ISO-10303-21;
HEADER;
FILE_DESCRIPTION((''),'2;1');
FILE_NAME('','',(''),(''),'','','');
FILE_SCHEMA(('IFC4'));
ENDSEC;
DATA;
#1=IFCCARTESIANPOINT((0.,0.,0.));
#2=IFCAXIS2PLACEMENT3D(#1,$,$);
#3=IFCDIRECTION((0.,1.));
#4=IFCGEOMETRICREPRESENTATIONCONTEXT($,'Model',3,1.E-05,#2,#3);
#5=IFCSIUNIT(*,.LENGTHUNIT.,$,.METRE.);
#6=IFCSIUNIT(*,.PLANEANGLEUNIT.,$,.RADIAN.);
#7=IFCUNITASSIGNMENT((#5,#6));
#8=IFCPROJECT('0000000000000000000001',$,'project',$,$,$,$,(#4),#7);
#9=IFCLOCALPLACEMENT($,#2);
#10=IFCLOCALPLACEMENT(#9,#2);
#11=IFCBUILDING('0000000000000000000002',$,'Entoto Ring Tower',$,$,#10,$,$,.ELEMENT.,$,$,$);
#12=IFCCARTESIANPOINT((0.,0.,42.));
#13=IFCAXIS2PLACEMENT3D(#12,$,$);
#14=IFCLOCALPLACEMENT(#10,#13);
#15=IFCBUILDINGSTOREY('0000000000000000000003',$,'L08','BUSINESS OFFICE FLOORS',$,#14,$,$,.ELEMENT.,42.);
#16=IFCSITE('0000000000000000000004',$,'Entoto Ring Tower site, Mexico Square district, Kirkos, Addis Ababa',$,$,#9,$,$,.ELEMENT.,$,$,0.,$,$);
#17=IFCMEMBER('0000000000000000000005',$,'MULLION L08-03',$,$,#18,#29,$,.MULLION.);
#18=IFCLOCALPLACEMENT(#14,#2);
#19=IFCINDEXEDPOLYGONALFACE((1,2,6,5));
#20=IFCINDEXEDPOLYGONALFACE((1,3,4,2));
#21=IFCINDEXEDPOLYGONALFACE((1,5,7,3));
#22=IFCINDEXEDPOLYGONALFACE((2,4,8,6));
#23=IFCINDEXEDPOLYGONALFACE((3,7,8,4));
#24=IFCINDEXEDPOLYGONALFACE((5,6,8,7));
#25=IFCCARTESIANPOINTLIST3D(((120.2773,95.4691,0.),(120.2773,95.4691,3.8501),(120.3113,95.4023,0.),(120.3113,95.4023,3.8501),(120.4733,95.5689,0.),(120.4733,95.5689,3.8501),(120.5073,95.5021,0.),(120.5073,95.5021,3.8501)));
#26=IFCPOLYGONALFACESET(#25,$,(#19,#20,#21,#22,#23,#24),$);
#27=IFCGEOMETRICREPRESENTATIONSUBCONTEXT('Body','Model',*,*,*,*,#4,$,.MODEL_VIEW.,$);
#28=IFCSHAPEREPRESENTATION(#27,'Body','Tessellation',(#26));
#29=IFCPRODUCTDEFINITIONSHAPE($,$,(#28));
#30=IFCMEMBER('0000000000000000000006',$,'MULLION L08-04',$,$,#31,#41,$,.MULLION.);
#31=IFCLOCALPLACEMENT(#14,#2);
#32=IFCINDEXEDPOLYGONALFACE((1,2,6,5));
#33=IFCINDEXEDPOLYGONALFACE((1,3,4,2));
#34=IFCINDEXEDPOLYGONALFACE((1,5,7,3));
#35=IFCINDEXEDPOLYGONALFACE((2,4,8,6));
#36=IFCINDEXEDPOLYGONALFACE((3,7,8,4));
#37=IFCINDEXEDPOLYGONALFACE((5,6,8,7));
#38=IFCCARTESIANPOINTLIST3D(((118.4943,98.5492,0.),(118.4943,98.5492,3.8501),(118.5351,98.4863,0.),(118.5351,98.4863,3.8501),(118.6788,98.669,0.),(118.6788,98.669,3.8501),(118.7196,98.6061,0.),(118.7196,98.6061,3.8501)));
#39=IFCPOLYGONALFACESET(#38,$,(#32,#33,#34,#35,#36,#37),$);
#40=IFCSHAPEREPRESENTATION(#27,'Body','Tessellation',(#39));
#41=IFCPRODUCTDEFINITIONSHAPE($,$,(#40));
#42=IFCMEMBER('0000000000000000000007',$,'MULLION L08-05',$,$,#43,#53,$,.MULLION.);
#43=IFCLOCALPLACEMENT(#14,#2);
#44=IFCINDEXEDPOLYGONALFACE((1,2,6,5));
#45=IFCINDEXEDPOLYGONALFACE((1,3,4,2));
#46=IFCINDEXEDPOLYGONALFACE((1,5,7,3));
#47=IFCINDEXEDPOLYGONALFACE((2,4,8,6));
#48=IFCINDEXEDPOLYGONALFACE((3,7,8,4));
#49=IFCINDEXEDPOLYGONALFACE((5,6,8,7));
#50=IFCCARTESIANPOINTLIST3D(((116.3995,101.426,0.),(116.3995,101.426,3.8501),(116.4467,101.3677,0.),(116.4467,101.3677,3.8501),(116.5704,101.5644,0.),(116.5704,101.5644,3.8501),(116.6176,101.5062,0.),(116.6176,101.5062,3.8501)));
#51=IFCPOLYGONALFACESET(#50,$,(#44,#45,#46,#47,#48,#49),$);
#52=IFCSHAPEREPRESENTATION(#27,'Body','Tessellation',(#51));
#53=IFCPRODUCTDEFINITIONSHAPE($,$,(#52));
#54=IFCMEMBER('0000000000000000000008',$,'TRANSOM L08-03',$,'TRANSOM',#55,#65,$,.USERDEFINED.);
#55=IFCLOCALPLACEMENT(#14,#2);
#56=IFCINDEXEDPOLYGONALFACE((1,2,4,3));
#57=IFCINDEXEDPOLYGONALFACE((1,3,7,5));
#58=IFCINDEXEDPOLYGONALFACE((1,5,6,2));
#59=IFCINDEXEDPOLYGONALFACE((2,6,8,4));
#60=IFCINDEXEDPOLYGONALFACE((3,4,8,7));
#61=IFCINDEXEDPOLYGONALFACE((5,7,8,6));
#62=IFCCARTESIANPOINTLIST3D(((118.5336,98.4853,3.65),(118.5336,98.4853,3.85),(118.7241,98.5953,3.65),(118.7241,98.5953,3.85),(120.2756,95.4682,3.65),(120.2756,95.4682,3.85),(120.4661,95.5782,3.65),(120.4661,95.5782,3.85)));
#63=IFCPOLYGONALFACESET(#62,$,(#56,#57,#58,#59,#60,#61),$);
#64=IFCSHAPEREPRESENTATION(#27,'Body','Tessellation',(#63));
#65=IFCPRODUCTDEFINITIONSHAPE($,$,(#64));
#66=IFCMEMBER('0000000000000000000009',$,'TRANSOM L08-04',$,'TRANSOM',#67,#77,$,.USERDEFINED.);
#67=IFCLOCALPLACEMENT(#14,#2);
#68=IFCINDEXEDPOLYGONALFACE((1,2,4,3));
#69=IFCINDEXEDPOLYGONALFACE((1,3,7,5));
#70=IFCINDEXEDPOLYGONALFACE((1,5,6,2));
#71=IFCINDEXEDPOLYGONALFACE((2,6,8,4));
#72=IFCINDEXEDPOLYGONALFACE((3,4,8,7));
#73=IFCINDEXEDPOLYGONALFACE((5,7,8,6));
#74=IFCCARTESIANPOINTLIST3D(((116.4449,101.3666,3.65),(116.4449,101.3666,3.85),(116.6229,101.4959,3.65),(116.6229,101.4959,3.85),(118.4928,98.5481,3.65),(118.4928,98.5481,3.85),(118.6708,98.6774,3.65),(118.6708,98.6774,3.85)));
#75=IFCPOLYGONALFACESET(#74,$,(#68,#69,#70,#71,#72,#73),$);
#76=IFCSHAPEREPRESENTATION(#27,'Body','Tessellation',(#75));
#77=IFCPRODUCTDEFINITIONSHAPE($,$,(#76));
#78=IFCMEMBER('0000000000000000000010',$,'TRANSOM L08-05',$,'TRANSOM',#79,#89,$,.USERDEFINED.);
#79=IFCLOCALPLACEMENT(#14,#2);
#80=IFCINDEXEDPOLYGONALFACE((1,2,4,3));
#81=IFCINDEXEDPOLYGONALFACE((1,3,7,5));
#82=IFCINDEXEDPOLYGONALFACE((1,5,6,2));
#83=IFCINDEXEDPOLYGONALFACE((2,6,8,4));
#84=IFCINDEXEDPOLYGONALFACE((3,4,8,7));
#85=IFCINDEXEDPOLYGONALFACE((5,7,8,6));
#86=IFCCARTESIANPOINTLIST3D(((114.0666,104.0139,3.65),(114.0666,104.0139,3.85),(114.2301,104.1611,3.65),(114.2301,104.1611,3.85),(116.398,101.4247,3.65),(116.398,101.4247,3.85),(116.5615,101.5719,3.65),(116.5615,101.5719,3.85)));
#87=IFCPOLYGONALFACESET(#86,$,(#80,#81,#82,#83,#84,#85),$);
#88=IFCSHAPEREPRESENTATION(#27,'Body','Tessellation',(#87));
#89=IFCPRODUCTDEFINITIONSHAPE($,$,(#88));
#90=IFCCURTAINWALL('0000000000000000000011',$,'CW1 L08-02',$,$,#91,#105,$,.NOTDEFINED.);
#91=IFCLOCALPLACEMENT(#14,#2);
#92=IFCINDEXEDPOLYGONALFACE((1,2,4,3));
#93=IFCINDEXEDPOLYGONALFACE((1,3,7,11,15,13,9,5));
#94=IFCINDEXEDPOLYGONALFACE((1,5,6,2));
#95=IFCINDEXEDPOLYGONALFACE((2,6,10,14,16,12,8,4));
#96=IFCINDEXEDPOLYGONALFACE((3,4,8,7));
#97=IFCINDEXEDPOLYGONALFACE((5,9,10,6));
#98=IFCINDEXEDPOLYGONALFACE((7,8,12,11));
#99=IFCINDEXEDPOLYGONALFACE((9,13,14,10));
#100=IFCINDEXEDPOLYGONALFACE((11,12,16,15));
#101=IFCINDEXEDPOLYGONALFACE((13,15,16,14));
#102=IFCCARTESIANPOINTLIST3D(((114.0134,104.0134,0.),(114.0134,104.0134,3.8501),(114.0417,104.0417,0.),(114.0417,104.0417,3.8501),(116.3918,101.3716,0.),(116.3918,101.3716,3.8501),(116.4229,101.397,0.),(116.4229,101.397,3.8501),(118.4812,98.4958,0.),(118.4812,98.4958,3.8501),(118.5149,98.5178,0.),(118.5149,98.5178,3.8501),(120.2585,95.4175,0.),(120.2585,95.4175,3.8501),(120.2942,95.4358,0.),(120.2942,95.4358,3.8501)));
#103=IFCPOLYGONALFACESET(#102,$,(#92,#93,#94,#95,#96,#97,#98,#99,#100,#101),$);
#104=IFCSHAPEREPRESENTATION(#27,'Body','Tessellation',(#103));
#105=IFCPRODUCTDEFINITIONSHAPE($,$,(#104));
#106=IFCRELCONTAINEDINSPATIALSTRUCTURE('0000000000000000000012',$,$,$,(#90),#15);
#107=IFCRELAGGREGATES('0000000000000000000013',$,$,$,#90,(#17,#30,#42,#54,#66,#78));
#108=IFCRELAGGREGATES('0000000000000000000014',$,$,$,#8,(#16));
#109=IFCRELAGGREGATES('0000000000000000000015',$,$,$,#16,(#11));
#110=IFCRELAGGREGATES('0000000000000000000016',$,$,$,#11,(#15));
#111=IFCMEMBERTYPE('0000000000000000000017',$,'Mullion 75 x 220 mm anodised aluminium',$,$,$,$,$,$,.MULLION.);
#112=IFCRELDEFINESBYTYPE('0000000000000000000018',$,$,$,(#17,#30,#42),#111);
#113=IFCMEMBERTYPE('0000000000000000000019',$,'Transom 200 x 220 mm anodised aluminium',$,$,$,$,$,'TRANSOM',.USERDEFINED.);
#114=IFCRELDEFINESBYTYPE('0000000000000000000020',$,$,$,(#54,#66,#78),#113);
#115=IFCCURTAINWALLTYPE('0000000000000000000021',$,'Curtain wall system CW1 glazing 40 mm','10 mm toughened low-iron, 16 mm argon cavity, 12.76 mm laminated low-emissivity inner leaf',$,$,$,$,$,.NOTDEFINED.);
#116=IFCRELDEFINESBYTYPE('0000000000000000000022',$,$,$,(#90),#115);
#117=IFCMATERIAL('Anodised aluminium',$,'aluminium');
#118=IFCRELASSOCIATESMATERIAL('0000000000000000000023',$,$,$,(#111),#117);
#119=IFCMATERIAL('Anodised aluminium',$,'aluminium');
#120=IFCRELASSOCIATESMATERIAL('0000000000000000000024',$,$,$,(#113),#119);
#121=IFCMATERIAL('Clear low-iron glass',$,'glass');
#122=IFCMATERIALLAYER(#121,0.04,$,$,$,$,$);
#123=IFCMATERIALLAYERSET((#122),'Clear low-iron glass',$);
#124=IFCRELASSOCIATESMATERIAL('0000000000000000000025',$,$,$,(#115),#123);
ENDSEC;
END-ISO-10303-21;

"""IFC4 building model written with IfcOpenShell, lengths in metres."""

from ifc_helpers import new_model, si_unit, direction, frame, origin, origin_2d, place, context, subcontext, project, spatial, polyline, rectangle, outline, extrude, material, layer, layer_set, material_profile, profile_set, type_object, element, aggregate, save


model = new_model("IFC4")

# Units and contexts
model_context = context("Model", 3, precision=1e-05, world=origin(), true_north=direction((0.0, 1.0)))
body_context = subcontext(model_context, "Body", "Model", "MODEL_VIEW")
ifc_project = project(units=[si_unit("LENGTHUNIT", "METRE"), si_unit("PLANEANGLEUNIT", "RADIAN")], contexts=[model_context])

# Members
ifc_material_1 = material(Name="Anodised aluminium", Category="aluminium")
ifc_material_profile_1 = material_profile(ifc_material_1, rectangle(XDim=0.075, YDim=0.22, at=origin_2d()), Name="Mullion 75 x 220 mm anodised aluminium")
ifc_profile_set_1 = profile_set([ifc_material_profile_1], Name="Anodised aluminium")
member_type_1 = type_object("IfcMemberType", Name="Mullion 75 x 220 mm anodised aluminium", PredefinedType="MULLION", material=ifc_profile_set_1)
site_placement = place(None, origin())
building_placement = place(site_placement, origin())
storey_placement = place(building_placement, frame((0.0, 0.0, 42.0)))
member_1_placement = place(storey_placement, frame((120.3923, 95.4856, 0.0), z_axis=(0.0, 0.0, 1.0), x_axis=(-0.45399, 0.891007, 0.0)))
member_1 = element("IfcMember", 1, at=member_1_placement, type_object=member_type_1, Name="MULLION L08-03", PredefinedType="MULLION", context=body_context, shape_type="SweptSolid", body=[
    extrude(rectangle(XDim=0.075, YDim=0.22, at=origin_2d()), origin(), (0.0, 0.0, 1.0), 3.8501),
])
member_2_placement = place(storey_placement, frame((118.6069, 98.5776, 0.0), z_axis=(0.0, 0.0, 1.0), x_axis=(-0.544639, 0.838671, 0.0)))
member_2 = element("IfcMember", 2, at=member_2_placement, type_object=member_type_1, Name="MULLION L08-04", PredefinedType="MULLION", context=body_context, shape_type="SweptSolid", body=[
    extrude(rectangle(XDim=0.075, YDim=0.22, at=origin_2d()), origin(), (0.0, 0.0, 1.0), 3.8501),
])
member_3_placement = place(storey_placement, frame((116.5085, 101.4661, 0.0), z_axis=(0.0, 0.0, 1.0), x_axis=(-0.62932, 0.777146, 0.0)))
member_3 = element("IfcMember", 3, at=member_3_placement, type_object=member_type_1, Name="MULLION L08-05", PredefinedType="MULLION", context=body_context, shape_type="SweptSolid", body=[
    extrude(rectangle(XDim=0.075, YDim=0.22, at=origin_2d()), origin(), (0.0, 0.0, 1.0), 3.8501),
])
ifc_material_2 = material(Name="Anodised aluminium", Category="aluminium")
ifc_material_profile_2 = material_profile(ifc_material_2, rectangle(XDim=0.22, YDim=0.2, at=origin_2d()), Name="Transom 200 x 220 mm anodised aluminium")
ifc_profile_set_2 = profile_set([ifc_material_profile_2], Name="Anodised aluminium")
member_type_2 = type_object("IfcMemberType", Name="Transom 200 x 220 mm anodised aluminium", ElementType="TRANSOM", PredefinedType="USERDEFINED", material=ifc_profile_set_2)
member_4_placement = place(storey_placement, frame((120.3708, 95.5232, 3.75), z_axis=(-0.500006, 0.866022, 0.0), x_axis=(-0.866022, -0.500006, 0.0)))
member_4 = element("IfcMember", 4, at=member_4_placement, type_object=member_type_2, Name="TRANSOM L08-03", ObjectType="TRANSOM", PredefinedType="USERDEFINED", context=body_context, shape_type="SweptSolid", body=[
    extrude(rectangle(XDim=0.22, YDim=0.2, at=origin_2d()), origin(), (0.0, 0.0, 1.0), 3.4839),
])
member_5_placement = place(storey_placement, frame((118.5818, 98.6128, 3.75), z_axis=(-0.587822, 0.808991, 0.0), x_axis=(-0.808991, -0.587822, 0.0)))
member_5 = element("IfcMember", 5, at=member_5_placement, type_object=member_type_2, Name="TRANSOM L08-04", ObjectType="TRANSOM", PredefinedType="USERDEFINED", context=body_context, shape_type="SweptSolid", body=[
    extrude(rectangle(XDim=0.22, YDim=0.2, at=origin_2d()), origin(), (0.0, 0.0, 1.0), 3.4839),
])
member_6_placement = place(storey_placement, frame((116.4797, 101.4983, 3.75), z_axis=(-0.669139, 0.743137, 0.0), x_axis=(-0.743137, -0.669139, 0.0)))
member_6 = element("IfcMember", 6, at=member_6_placement, type_object=member_type_2, Name="TRANSOM L08-05", ObjectType="TRANSOM", PredefinedType="USERDEFINED", context=body_context, shape_type="SweptSolid", body=[
    extrude(rectangle(XDim=0.22, YDim=0.2, at=origin_2d()), origin(), (0.0, 0.0, 1.0), 3.4841),
])

# Site, building, storey
site = spatial("IfcSite", under=ifc_project, at=site_placement, Name="Entoto Ring Tower site, Mexico Square district, Kirkos, Addis Ababa", CompositionType="ELEMENT", RefElevation=0.0)
building = spatial("IfcBuilding", under=site, at=building_placement, Name="Entoto Ring Tower", CompositionType="ELEMENT")
storey = spatial("IfcBuildingStorey", under=building, at=storey_placement, Name="L08", Description="BUSINESS OFFICE FLOORS", CompositionType="ELEMENT", Elevation=42.0)

# Curtain wall
ifc_material_3 = material(Name="Clear low-iron glass", Category="glass")
ifc_layer_1 = layer(ifc_material_3, 0.04)
ifc_layer_set_1 = layer_set([ifc_layer_1], Name="Clear low-iron glass")
curtain_wall_type = type_object("IfcCurtainWallType", Name="Curtain wall system CW1 glazing 40 mm", Description="10 mm toughened low-iron, 16 mm argon cavity, 12.76 mm laminated low-emissivity inner leaf", PredefinedType="NOTDEFINED", material=ifc_layer_set_1)
curtain_wall_1_placement = place(storey_placement, origin())
curtain_wall_1 = element("IfcCurtainWall", 7, at=curtain_wall_1_placement, inside=storey, type_object=curtain_wall_type, Name="CW1 L08-02", PredefinedType="NOTDEFINED", context=body_context, shape_type="SweptSolid", body=[
    extrude(outline(polyline([(120.2942, 95.4358), (118.5149, 98.5178), (116.4229, 101.397), (114.0417, 104.0417), (114.0134, 104.0134), (116.3918, 101.3716), (118.4812, 98.4958), (120.2585, 95.4175), (120.2942, 95.4358)])), origin(), (0.0, 0.0, 1.0), 3.8501),
])
aggregate(curtain_wall_1, [member_1, member_2, member_3, member_4, member_5, member_6])

save(model, "model.ifc")
